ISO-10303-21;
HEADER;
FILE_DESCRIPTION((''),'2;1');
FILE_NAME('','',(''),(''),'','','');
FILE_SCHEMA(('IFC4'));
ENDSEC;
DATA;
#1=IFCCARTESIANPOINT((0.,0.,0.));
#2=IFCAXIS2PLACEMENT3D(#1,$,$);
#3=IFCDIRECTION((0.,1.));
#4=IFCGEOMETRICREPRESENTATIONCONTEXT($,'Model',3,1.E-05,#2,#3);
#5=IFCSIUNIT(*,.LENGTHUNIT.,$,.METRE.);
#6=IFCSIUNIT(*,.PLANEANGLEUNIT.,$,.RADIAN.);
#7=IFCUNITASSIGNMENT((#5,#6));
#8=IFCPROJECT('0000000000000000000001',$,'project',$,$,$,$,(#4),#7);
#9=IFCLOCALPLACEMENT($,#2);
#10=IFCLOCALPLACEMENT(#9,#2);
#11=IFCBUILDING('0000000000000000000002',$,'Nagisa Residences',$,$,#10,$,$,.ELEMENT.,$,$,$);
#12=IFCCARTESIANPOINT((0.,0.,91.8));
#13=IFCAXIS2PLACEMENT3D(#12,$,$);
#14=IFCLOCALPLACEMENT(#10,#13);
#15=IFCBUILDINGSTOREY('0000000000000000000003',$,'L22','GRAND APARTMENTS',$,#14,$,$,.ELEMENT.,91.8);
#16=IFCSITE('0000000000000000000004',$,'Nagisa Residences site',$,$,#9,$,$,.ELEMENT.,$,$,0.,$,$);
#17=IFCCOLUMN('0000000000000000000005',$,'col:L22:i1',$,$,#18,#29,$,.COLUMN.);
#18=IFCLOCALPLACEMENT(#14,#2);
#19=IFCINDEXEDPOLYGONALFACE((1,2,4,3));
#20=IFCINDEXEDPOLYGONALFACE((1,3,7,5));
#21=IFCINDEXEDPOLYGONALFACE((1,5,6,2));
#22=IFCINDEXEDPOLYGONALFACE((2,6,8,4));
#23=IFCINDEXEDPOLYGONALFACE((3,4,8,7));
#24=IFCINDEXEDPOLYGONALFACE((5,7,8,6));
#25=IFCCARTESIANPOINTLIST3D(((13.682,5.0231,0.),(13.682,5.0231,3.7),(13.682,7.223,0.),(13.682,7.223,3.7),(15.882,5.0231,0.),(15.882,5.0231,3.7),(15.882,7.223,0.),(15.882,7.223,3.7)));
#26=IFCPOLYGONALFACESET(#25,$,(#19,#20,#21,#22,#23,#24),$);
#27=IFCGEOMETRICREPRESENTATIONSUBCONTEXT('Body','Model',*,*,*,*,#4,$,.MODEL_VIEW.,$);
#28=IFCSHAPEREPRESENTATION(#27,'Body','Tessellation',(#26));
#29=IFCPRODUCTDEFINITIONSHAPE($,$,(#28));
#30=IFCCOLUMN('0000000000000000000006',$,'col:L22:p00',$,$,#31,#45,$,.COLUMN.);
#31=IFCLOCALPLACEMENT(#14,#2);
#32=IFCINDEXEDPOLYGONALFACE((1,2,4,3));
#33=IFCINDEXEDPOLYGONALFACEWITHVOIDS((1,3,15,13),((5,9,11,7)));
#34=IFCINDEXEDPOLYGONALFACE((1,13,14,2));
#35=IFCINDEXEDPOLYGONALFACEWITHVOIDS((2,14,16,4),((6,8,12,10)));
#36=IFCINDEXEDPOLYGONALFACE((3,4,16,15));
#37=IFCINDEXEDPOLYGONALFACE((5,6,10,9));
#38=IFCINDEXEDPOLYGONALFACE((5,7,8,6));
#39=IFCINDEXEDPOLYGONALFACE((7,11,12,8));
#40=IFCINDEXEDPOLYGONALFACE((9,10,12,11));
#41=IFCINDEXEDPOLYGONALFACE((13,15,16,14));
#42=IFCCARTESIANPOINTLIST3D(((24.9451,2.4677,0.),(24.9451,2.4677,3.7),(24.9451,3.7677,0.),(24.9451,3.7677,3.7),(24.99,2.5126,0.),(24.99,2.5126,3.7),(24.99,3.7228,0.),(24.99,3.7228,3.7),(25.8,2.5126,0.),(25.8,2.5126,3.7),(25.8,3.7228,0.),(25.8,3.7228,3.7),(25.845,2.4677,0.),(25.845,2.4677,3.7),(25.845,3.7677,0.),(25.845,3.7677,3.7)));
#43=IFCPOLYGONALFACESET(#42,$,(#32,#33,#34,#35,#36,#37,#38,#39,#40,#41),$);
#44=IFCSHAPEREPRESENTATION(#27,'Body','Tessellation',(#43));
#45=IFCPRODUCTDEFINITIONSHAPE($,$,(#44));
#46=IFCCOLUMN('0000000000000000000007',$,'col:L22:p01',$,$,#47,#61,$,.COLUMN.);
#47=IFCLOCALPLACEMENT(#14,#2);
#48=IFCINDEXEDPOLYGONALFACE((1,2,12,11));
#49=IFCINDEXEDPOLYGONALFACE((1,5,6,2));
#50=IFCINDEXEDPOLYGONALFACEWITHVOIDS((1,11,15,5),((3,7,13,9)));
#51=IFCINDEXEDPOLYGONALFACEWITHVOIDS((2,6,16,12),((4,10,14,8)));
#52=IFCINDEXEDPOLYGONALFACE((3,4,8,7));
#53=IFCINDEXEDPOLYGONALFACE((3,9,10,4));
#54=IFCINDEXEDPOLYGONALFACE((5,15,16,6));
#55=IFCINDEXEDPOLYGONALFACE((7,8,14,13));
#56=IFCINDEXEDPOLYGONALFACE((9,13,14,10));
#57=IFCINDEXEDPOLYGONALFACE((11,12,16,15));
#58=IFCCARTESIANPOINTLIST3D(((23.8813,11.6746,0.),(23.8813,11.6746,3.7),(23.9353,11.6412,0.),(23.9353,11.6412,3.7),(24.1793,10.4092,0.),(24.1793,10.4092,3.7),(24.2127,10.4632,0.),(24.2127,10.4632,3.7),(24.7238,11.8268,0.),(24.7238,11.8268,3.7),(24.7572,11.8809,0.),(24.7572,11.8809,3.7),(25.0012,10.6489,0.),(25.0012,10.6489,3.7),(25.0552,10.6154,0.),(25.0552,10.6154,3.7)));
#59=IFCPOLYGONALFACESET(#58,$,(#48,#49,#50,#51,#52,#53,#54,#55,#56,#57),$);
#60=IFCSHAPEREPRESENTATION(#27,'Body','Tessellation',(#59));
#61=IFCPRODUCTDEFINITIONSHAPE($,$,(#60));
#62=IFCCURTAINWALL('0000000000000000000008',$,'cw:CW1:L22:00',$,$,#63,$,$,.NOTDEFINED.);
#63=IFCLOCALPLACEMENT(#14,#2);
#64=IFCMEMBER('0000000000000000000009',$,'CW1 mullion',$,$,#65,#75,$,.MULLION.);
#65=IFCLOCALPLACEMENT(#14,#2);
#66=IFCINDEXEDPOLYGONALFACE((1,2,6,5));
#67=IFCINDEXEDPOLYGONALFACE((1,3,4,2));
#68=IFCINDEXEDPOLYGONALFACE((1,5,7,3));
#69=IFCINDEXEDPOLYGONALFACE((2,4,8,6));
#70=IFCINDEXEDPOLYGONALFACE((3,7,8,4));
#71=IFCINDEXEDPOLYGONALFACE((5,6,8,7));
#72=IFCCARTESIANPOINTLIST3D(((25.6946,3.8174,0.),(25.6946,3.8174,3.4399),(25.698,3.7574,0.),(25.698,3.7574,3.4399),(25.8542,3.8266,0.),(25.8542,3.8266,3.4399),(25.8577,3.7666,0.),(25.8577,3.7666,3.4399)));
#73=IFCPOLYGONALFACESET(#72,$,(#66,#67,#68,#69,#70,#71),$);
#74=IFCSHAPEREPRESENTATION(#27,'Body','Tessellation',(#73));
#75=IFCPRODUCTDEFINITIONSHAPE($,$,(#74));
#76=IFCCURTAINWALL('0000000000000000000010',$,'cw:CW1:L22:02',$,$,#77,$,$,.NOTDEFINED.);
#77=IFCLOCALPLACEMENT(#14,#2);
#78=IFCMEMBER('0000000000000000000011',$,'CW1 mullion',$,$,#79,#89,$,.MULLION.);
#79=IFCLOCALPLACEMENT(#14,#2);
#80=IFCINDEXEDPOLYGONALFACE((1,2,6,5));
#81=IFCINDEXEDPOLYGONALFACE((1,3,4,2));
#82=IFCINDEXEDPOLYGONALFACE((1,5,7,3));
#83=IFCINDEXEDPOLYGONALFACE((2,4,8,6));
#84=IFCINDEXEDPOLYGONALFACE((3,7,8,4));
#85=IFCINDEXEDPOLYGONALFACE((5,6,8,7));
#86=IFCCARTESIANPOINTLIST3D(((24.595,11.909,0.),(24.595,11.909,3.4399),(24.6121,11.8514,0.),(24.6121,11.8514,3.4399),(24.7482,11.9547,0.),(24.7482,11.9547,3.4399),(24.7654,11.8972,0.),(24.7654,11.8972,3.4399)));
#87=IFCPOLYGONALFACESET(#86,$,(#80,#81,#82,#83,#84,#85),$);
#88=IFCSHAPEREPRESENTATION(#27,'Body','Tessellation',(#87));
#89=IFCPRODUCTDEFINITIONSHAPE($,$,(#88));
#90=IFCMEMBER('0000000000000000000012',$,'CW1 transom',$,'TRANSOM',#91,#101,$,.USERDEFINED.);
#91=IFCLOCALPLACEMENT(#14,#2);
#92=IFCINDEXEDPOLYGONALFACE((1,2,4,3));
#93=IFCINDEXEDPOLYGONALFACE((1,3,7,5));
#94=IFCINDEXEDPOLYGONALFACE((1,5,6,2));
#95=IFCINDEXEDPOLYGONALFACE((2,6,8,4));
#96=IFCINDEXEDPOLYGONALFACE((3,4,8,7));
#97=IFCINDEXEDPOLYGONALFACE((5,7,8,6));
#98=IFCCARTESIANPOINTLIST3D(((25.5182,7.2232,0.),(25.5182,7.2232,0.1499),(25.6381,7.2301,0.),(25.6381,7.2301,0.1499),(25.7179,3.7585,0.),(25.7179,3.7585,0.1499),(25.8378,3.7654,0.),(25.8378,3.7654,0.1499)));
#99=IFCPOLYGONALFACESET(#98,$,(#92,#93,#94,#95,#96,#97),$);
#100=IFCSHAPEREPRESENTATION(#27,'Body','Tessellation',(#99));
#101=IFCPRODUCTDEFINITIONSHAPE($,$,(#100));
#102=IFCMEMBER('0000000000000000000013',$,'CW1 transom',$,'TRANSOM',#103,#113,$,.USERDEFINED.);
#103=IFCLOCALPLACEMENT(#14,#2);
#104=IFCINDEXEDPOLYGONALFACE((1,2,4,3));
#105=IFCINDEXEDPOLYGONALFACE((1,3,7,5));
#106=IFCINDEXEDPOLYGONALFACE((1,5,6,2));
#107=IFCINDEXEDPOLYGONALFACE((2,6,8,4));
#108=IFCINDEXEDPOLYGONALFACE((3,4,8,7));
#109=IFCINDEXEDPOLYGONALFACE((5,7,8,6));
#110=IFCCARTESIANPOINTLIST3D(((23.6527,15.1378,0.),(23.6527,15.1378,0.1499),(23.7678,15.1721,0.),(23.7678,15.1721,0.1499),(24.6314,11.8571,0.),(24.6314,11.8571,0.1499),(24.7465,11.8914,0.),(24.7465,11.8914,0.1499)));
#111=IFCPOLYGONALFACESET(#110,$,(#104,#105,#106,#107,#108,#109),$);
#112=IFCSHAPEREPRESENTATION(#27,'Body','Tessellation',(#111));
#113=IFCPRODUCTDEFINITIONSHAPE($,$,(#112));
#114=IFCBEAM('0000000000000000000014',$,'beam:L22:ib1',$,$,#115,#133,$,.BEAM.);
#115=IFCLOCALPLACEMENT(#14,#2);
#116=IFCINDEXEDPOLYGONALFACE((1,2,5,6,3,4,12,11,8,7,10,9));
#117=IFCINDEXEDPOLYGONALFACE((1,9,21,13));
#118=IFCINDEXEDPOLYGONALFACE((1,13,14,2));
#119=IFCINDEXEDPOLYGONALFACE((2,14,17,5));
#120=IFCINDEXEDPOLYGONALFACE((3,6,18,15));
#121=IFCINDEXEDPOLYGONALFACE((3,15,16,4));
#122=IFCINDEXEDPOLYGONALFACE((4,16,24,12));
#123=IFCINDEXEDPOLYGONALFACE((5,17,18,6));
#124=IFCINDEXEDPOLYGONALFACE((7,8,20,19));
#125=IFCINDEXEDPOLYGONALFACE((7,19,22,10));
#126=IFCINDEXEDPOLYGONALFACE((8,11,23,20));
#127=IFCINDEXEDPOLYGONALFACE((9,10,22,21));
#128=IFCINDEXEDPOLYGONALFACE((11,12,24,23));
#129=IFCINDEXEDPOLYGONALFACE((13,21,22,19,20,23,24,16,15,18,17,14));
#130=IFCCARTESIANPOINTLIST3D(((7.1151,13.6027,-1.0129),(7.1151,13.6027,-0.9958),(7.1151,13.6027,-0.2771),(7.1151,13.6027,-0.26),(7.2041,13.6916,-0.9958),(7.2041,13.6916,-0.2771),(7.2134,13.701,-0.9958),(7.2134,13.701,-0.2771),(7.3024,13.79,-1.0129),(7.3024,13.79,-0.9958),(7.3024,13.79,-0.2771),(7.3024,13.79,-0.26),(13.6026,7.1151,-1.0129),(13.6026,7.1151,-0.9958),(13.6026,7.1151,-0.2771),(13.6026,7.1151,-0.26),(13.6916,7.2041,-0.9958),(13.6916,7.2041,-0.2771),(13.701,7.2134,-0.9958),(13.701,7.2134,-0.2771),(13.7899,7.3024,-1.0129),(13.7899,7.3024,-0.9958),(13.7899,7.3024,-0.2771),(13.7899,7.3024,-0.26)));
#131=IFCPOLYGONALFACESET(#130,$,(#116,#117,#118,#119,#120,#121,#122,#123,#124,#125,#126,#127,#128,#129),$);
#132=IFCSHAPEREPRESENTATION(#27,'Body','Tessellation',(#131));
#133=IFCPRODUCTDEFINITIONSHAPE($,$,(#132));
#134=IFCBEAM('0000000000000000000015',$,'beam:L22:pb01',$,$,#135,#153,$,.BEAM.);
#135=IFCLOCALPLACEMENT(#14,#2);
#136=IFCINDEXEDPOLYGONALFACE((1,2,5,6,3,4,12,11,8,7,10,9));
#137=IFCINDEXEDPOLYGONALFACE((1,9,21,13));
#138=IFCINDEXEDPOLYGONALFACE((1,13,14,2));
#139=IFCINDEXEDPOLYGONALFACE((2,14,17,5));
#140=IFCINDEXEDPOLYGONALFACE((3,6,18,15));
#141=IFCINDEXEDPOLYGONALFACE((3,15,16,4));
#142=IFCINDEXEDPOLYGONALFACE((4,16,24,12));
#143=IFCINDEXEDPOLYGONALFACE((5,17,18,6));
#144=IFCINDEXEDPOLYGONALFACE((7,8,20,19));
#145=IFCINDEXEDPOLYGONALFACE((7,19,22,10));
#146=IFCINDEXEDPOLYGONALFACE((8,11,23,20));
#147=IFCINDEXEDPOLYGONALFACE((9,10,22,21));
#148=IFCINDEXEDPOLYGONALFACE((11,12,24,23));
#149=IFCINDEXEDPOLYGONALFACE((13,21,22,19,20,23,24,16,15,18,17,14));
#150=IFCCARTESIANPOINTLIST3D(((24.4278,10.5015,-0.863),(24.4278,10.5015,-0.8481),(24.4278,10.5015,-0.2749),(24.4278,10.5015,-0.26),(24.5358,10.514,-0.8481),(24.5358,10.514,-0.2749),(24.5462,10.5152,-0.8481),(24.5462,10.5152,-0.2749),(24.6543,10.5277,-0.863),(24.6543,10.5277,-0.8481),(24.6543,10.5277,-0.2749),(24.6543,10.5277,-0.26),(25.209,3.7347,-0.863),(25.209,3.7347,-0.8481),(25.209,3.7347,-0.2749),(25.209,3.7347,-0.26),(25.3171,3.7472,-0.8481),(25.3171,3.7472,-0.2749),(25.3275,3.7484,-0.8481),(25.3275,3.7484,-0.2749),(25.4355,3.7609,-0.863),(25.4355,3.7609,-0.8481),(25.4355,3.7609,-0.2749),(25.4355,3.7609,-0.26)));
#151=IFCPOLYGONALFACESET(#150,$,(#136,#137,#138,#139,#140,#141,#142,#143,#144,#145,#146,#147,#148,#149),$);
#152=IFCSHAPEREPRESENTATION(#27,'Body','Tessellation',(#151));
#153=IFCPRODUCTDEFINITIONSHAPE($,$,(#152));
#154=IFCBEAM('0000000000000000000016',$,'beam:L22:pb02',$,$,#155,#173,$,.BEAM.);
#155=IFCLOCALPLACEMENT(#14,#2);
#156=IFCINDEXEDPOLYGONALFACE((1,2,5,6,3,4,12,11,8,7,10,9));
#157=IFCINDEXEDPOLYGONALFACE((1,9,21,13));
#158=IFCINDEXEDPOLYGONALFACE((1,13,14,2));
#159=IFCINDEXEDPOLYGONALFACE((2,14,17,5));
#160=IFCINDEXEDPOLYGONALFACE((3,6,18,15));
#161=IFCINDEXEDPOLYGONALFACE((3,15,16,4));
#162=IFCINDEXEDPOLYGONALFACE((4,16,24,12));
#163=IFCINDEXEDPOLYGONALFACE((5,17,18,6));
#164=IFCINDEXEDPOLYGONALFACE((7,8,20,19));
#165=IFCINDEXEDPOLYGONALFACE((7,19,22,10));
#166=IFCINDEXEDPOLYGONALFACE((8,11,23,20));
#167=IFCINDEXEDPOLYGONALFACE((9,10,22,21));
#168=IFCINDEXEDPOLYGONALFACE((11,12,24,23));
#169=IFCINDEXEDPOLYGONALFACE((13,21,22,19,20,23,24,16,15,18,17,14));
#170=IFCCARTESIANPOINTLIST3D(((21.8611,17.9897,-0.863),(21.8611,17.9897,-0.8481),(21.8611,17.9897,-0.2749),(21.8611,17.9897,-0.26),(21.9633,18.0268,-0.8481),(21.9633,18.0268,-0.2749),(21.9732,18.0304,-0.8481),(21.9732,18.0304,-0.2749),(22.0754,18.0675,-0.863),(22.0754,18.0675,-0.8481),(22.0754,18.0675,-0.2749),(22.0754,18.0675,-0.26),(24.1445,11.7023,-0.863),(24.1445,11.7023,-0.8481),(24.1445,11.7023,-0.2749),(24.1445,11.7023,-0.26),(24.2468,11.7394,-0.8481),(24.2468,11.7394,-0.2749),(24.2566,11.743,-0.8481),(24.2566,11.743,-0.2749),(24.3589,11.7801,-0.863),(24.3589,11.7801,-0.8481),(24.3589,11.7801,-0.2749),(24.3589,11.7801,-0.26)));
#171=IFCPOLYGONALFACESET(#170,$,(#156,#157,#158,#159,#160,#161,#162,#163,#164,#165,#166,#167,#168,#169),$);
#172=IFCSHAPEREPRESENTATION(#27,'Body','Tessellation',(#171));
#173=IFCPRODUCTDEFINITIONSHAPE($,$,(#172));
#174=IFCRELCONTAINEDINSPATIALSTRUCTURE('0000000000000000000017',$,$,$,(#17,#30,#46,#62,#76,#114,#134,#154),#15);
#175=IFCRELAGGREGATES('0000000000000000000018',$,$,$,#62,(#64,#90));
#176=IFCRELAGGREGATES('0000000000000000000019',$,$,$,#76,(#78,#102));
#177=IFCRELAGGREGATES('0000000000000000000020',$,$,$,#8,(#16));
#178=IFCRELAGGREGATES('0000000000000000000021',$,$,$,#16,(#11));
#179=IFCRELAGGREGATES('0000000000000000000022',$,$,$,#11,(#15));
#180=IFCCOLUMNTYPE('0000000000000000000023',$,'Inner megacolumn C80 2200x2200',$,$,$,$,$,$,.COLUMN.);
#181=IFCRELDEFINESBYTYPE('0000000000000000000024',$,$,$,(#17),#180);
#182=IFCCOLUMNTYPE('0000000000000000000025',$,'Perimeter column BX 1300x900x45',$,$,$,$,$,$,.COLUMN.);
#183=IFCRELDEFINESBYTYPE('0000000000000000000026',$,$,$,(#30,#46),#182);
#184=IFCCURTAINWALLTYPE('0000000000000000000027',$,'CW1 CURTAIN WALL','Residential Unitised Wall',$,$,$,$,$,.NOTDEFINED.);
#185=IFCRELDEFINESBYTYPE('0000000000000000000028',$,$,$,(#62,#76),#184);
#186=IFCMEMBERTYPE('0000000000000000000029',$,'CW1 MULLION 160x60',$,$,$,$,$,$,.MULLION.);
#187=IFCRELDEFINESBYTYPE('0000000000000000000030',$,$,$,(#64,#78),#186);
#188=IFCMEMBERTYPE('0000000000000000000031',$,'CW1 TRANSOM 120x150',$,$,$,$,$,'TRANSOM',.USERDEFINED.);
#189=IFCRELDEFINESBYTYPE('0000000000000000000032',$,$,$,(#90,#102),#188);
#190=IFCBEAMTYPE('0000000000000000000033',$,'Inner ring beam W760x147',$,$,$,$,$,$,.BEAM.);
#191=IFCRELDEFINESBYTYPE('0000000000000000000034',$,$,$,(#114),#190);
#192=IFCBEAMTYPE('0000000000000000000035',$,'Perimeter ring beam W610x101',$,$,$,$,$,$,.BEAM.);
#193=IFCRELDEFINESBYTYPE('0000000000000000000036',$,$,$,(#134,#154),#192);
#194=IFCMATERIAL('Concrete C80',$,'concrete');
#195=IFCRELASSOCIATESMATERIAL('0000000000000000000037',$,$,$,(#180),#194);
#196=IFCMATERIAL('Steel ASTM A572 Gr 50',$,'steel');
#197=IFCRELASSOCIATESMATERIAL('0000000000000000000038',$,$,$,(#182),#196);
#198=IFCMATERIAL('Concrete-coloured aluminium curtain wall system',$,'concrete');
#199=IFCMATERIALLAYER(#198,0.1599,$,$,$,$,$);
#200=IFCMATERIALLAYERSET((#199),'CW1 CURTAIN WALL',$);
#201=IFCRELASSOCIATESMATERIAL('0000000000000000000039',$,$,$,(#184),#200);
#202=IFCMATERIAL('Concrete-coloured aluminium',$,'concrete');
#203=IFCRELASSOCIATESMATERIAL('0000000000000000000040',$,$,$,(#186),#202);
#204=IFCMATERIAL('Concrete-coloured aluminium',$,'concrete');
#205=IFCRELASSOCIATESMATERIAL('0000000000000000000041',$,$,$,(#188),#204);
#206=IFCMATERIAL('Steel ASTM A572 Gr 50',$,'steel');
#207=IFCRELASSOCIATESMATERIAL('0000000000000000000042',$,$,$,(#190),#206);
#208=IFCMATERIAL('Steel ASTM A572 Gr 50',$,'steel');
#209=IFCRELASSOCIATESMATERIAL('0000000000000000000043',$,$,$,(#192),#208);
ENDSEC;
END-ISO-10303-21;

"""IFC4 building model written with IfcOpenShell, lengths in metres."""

from ifc_helpers import new_model, si_unit, direction, frame, origin, origin_2d, place, context, subcontext, project, spatial, rectangle, hollow_rectangle, i_section, extrude, material, layer, layer_set, material_profile, profile_set, type_object, element, aggregate, save


model = new_model("IFC4")

# Units and contexts
model_context = context("Model", 3, precision=1e-05, world=origin(), true_north=direction((0.0, 1.0)))
body_context = subcontext(model_context, "Body", "Model", "MODEL_VIEW")
ifc_project = project(units=[si_unit("LENGTHUNIT", "METRE"), si_unit("PLANEANGLEUNIT", "RADIAN")], contexts=[model_context])

# Site, building, storey
site_placement = place(None, origin())
site = spatial("IfcSite", under=ifc_project, at=site_placement, Name="Nagisa Residences site", CompositionType="ELEMENT", RefElevation=0.0)
building_placement = place(site_placement, origin())
building = spatial("IfcBuilding", under=site, at=building_placement, Name="Nagisa Residences", CompositionType="ELEMENT")
storey_placement = place(building_placement, frame((0.0, 0.0, 91.8)))
storey = spatial("IfcBuildingStorey", under=building, at=storey_placement, Name="L22", Description="GRAND APARTMENTS", CompositionType="ELEMENT", Elevation=91.8)

# Columns
ifc_material_1 = material(Name="Concrete C80", Category="concrete")
ifc_material_profile_1 = material_profile(ifc_material_1, rectangle(XDim=2.2, YDim=2.2, at=origin_2d()), Name="C80 2200x2200")
ifc_profile_set_1 = profile_set([ifc_material_profile_1], Name="Concrete C80")
column_type_1 = type_object("IfcColumnType", Name="Inner megacolumn C80 2200x2200", PredefinedType="COLUMN", material=ifc_profile_set_1)
column_placement = place(storey_placement, frame((14.782, 6.123, 0.0), z_axis=(0.0, 0.0, 1.0), x_axis=(1.0, 0.0, 0.0)))
element("IfcColumn", 1, at=column_placement, inside=storey, type_object=column_type_1, Name="col:L22:i1", PredefinedType="COLUMN", context=body_context, shape_type="SweptSolid", body=[
    extrude(rectangle(XDim=2.2, YDim=2.2, at=origin_2d()), origin(), (0.0, 0.0, 1.0), 3.7),
])
ifc_material_2 = material(Name="Steel ASTM A572 Gr 50", Category="steel")
ifc_material_profile_2 = material_profile(ifc_material_2, hollow_rectangle(XDim=1.3, YDim=0.8999, WallThickness=0.0449, at=origin_2d()), Name="BX 1300x900x45")
ifc_profile_set_2 = profile_set([ifc_material_profile_2], Name="Steel ASTM A572 Gr 50")
column_type_2 = type_object("IfcColumnType", Name="Perimeter column BX 1300x900x45", PredefinedType="COLUMN", material=ifc_profile_set_2)
for number, where, z_axis, x_axis, name in (
    (2, (25.395, 3.1177, 0.0), (0.0, 0.0, 1.0), (0.0, 1.0, 0.0), "col:L22:p00"),
    (3, (24.4683, 11.145, 0.0), (0.0, 0.0, 1.0), (-0.229202, 0.973379, 0.0), "col:L22:p01"),
):
    element("IfcColumn", number, at=place(storey_placement, frame(where, z_axis=z_axis, x_axis=x_axis)), inside=storey, type_object=column_type_2, Name=name, PredefinedType="COLUMN", context=body_context, shape_type="SweptSolid", body=[
        extrude(hollow_rectangle(XDim=1.3, YDim=0.8999, WallThickness=0.0449, at=origin_2d()), origin(), (0.0, 0.0, 1.0), 3.7),
    ])

# Curtain walls, members
ifc_material_3 = material(Name="Concrete-coloured aluminium curtain wall system", Category="concrete")
ifc_layer_1 = layer(ifc_material_3, 0.1599)
ifc_layer_set_1 = layer_set([ifc_layer_1], Name="CW1 CURTAIN WALL")
curtain_wall_type = type_object("IfcCurtainWallType", Name="CW1 CURTAIN WALL", Description="Residential Unitised Wall", PredefinedType="NOTDEFINED", material=ifc_layer_set_1)
curtain_wall_1_placement = place(storey_placement, origin())
curtain_wall_1 = element("IfcCurtainWall", 4, at=curtain_wall_1_placement, inside=storey, type_object=curtain_wall_type, Name="cw:CW1:L22:00", PredefinedType="NOTDEFINED")
ifc_material_4 = material(Name="Concrete-coloured aluminium", Category="concrete")
ifc_material_profile_3 = material_profile(ifc_material_4, rectangle(XDim=0.1599, YDim=0.0601, at=origin_2d()), Name="CW1 MULLION 160x60")
ifc_profile_set_3 = profile_set([ifc_material_profile_3], Name="Concrete-coloured aluminium")
member_type_1 = type_object("IfcMemberType", Name="CW1 MULLION 160x60", PredefinedType="MULLION", material=ifc_profile_set_3)
member_1_placement = place(storey_placement, frame((25.7761, 3.792, 0.0), z_axis=(0.0, 0.0, 1.0), x_axis=(-0.998345, -0.057503, 0.0)))
member_1 = element("IfcMember", 5, at=member_1_placement, type_object=member_type_1, Name="CW1 mullion", PredefinedType="MULLION", context=body_context, shape_type="SweptSolid", body=[
    extrude(rectangle(XDim=0.1599, YDim=0.0601, at=origin_2d()), origin(), (0.0, 0.0, 1.0), 3.4399),
])
curtain_wall_2_placement = place(storey_placement, origin())
curtain_wall_2 = element("IfcCurtainWall", 6, at=curtain_wall_2_placement, inside=storey, type_object=curtain_wall_type, Name="cw:CW1:L22:02", PredefinedType="NOTDEFINED")
member_2_placement = place(storey_placement, frame((24.6802, 11.9031, 0.0), z_axis=(0.0, 0.0, 1.0), x_axis=(-0.958271, -0.28586, 0.0)))
member_2 = element("IfcMember", 7, at=member_2_placement, type_object=member_type_1, Name="CW1 mullion", PredefinedType="MULLION", context=body_context, shape_type="SweptSolid", body=[
    extrude(rectangle(XDim=0.1599, YDim=0.0601, at=origin_2d()), origin(), (0.0, 0.0, 1.0), 3.4399),
])

# Members
ifc_material_5 = material(Name="Concrete-coloured aluminium", Category="concrete")
ifc_material_profile_4 = material_profile(ifc_material_5, rectangle(XDim=0.1201, YDim=0.1499, at=origin_2d()), Name="CW1 TRANSOM 120x150")
ifc_profile_set_4 = profile_set([ifc_material_profile_4], Name="Concrete-coloured aluminium")
member_type_2 = type_object("IfcMemberType", Name="CW1 TRANSOM 120x150", ElementType="TRANSOM", PredefinedType="USERDEFINED", material=ifc_profile_set_4)
member_3_placement = place(storey_placement, frame((25.7778, 3.762, 0.075), z_axis=(-0.057547, 0.998343, 0.0), x_axis=(-0.998343, -0.057547, 0.0)))
member_3 = element("IfcMember", 8, at=member_3_placement, type_object=member_type_2, Name="CW1 transom", ObjectType="TRANSOM", PredefinedType="USERDEFINED", context=body_context, shape_type="SweptSolid", body=[
    extrude(rectangle(XDim=0.1201, YDim=0.1499, at=origin_2d()), origin(), (0.0, 0.0, 1.0), 3.4705),
])
member_4_placement = place(storey_placement, frame((24.689, 11.8743, 0.075), z_axis=(-0.285882, 0.958265, 0.0), x_axis=(-0.958265, -0.285882, 0.0)))
member_4 = element("IfcMember", 9, at=member_4_placement, type_object=member_type_2, Name="CW1 transom", ObjectType="TRANSOM", PredefinedType="USERDEFINED", context=body_context, shape_type="SweptSolid", body=[
    extrude(rectangle(XDim=0.1201, YDim=0.1499, at=origin_2d()), origin(), (0.0, 0.0, 1.0), 3.4236),
])

# Beams
ifc_material_6 = material(Name="Steel ASTM A572 Gr 50", Category="steel")
ifc_material_profile_5 = material_profile(ifc_material_6, i_section(OverallWidth=0.2649, OverallDepth=0.7529, WebThickness=0.0132, FlangeThickness=0.0171, at=origin_2d()), Name="W760x147")
ifc_profile_set_5 = profile_set([ifc_material_profile_5], Name="Steel ASTM A572 Gr 50")
beam_type_1 = type_object("IfcBeamType", Name="Inner ring beam W760x147", PredefinedType="BEAM", material=ifc_profile_set_5)
beam_1_placement = place(storey_placement, frame((13.6963, 7.2087, -0.6365), z_axis=(-0.707107, 0.707107, 0.0), x_axis=(-0.707107, -0.707107, 0.0)))
element("IfcBeam", 10, at=beam_1_placement, inside=storey, type_object=beam_type_1, Name="beam:L22:ib1", PredefinedType="BEAM", context=body_context, shape_type="SweptSolid", body=[
    extrude(i_section(OverallWidth=0.2649, OverallDepth=0.7529, WebThickness=0.0132, FlangeThickness=0.0171, at=origin_2d()), origin(), (0.0, 0.0, 1.0), 9.1748),
])
ifc_material_7 = material(Name="Steel ASTM A572 Gr 50", Category="steel")
ifc_material_profile_6 = material_profile(ifc_material_7, i_section(OverallWidth=0.228, OverallDepth=0.603, WebThickness=0.0105, FlangeThickness=0.0149, at=origin_2d()), Name="W610x101")
ifc_profile_set_6 = profile_set([ifc_material_profile_6], Name="Steel ASTM A572 Gr 50")
beam_type_2 = type_object("IfcBeamType", Name="Perimeter ring beam W610x101", PredefinedType="BEAM", material=ifc_profile_set_6)
beam_2_placement = place(storey_placement, frame((25.3223, 3.7478, -0.5615), z_axis=(-0.114691, 0.993401, 0.0), x_axis=(-0.993401, -0.114691, 0.0)))
element("IfcBeam", 11, at=beam_2_placement, inside=storey, type_object=beam_type_2, Name="beam:L22:pb01", PredefinedType="BEAM", context=body_context, shape_type="SweptSolid", body=[
    extrude(i_section(OverallWidth=0.228, OverallDepth=0.603, WebThickness=0.0105, FlangeThickness=0.0149, at=origin_2d()), origin(), (0.0, 0.0, 1.0), 6.8118),
])
beam_3_placement = place(storey_placement, frame((24.2517, 11.7412, -0.5615), z_axis=(-0.341365, 0.939931, 0.0), x_axis=(-0.939931, -0.341365, 0.0)))
element("IfcBeam", 12, at=beam_3_placement, inside=storey, type_object=beam_type_2, Name="beam:L22:pb02", PredefinedType="BEAM", context=body_context, shape_type="SweptSolid", body=[
    extrude(i_section(OverallWidth=0.228, OverallDepth=0.603, WebThickness=0.0105, FlangeThickness=0.0149, at=origin_2d()), origin(), (0.0, 0.0, 1.0), 6.6892),
])

aggregate(curtain_wall_1, [member_1, member_3])
aggregate(curtain_wall_2, [member_2, member_4])

save(model, "model.ifc")
